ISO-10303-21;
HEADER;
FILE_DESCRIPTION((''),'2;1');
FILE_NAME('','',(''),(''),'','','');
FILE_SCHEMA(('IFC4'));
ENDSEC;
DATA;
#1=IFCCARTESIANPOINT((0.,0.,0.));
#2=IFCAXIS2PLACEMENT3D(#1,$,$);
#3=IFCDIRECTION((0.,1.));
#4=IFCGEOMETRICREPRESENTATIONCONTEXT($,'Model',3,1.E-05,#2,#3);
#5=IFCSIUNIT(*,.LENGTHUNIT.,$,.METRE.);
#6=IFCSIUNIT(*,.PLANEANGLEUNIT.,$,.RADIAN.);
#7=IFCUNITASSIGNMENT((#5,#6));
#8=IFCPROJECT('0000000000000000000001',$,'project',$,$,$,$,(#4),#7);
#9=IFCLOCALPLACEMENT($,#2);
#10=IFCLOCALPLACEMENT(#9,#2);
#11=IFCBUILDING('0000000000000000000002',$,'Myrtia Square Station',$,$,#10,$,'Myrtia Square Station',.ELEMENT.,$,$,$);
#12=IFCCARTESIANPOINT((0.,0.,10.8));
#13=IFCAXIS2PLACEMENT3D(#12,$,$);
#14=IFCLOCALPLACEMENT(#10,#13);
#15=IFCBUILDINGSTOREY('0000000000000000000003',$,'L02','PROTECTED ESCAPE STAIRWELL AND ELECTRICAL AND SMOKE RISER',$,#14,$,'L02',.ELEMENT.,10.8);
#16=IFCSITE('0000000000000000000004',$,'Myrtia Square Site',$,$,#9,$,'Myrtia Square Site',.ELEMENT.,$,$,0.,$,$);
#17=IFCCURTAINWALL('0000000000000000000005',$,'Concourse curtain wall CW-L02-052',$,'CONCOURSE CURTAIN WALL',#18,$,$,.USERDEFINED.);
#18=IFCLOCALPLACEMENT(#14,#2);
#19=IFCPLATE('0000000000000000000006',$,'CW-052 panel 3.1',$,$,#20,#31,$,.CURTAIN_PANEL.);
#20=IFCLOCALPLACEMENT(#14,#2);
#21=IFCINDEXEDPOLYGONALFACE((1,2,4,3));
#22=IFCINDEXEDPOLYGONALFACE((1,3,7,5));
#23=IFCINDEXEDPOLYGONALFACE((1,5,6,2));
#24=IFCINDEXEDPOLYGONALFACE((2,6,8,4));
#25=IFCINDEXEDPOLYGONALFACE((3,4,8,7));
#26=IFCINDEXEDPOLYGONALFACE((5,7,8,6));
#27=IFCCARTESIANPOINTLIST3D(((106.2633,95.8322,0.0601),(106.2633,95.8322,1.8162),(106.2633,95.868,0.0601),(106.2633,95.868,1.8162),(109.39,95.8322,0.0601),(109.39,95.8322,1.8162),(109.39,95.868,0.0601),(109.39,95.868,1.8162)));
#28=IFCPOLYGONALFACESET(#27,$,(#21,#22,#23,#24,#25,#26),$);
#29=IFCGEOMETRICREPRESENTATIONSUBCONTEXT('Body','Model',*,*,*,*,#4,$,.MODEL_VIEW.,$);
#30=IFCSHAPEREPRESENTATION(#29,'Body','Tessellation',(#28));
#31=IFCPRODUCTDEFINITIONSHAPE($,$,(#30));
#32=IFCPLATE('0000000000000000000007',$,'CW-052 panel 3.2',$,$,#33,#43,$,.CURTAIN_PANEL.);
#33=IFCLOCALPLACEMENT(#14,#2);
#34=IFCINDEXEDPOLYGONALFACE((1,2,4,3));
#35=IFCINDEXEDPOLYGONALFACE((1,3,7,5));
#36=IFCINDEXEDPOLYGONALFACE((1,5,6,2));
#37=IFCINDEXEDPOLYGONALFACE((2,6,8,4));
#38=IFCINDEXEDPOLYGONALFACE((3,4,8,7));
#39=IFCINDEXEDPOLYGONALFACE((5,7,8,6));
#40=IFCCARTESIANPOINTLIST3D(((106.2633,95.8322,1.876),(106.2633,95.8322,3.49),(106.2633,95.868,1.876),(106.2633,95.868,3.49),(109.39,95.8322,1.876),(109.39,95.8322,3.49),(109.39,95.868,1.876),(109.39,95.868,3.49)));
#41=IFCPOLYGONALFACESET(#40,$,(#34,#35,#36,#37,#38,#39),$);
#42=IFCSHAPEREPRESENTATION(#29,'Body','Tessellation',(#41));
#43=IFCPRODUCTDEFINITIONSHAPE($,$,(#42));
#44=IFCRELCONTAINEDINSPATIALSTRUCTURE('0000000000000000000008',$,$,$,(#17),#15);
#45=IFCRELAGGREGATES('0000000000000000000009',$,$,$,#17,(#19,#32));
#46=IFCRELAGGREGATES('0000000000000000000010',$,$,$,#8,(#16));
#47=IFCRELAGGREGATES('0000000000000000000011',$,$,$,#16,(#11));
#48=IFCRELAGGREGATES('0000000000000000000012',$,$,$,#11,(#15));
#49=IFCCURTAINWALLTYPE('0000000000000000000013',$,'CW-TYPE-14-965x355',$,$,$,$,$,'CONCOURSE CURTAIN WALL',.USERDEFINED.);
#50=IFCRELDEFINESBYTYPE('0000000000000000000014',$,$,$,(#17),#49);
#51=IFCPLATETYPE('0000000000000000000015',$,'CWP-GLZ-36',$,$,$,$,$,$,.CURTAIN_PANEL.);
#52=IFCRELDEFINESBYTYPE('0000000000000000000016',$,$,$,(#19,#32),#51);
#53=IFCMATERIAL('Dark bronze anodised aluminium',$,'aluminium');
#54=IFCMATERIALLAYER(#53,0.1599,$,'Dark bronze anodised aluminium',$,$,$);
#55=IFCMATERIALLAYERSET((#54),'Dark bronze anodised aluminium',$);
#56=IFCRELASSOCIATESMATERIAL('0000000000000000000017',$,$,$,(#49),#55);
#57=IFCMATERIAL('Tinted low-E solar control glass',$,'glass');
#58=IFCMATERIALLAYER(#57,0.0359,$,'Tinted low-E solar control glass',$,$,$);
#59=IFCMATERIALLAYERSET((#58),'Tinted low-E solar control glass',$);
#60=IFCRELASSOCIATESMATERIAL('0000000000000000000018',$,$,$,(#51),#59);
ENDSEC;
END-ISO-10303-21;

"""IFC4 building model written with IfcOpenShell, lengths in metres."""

from ifc_helpers import new_model, si_unit, direction, frame, origin, origin_2d, place, context, subcontext, project, spatial, rectangle, extrude, material, layer, layer_set, type_object, element, aggregate, save


model = new_model("IFC4")

# Units and contexts
model_context = context("Model", 3, precision=1e-05, world=origin(), true_north=direction((0.0, 1.0)))
body_context = subcontext(model_context, "Body", "Model", "MODEL_VIEW")
ifc_project = project(units=[si_unit("LENGTHUNIT", "METRE"), si_unit("PLANEANGLEUNIT", "RADIAN")], contexts=[model_context])

# Site, building, storey
site_placement = place(None, origin())
site = spatial("IfcSite", under=ifc_project, at=site_placement, Name="Myrtia Square Site", LongName="Myrtia Square Site", CompositionType="ELEMENT", RefElevation=0.0)
building_placement = place(site_placement, origin())
building = spatial("IfcBuilding", under=site, at=building_placement, Name="Myrtia Square Station", LongName="Myrtia Square Station", CompositionType="ELEMENT")
storey_placement = place(building_placement, frame((0.0, 0.0, 10.8)))
storey = spatial("IfcBuildingStorey", under=building, at=storey_placement, Name="L02", Description="PROTECTED ESCAPE STAIRWELL AND ELECTRICAL AND SMOKE RISER", LongName="L02", CompositionType="ELEMENT", Elevation=10.8)

# Shared definitions
ifc_material_1 = material(Name="Dark bronze anodised aluminium", Category="aluminium")

# Curtain wall
ifc_layer_1 = layer(ifc_material_1, 0.1599, Name="Dark bronze anodised aluminium")
ifc_layer_set_1 = layer_set([ifc_layer_1], Name="Dark bronze anodised aluminium")
curtain_wall_type_1 = type_object("IfcCurtainWallType", Name="CW-TYPE-14-965x355", ElementType="CONCOURSE CURTAIN WALL", PredefinedType="USERDEFINED", material=ifc_layer_set_1)
curtain_wall_1_placement = place(storey_placement, origin())
curtain_wall_1 = element("IfcCurtainWall", 1, at=curtain_wall_1_placement, inside=storey, type_object=curtain_wall_type_1, Name="Concourse curtain wall CW-L02-052", ObjectType="CONCOURSE CURTAIN WALL", PredefinedType="USERDEFINED")

# Plates
ifc_material_2 = material(Name="Tinted low-E solar control glass", Category="glass")
ifc_layer_2 = layer(ifc_material_2, 0.0359, Name="Tinted low-E solar control glass")
ifc_layer_set_2 = layer_set([ifc_layer_2], Name="Tinted low-E solar control glass")
plate_type_1 = type_object("IfcPlateType", Name="CWP-GLZ-36", PredefinedType="CURTAIN_PANEL", material=ifc_layer_set_2)
plate_1_placement = place(storey_placement, frame((107.8267, 95.8501, 0.0601), z_axis=(0.0, 0.0, 1.0), x_axis=(1.0, 0.0, 0.0)))
plate_1 = element("IfcPlate", 2, at=plate_1_placement, type_object=plate_type_1, Name="CW-052 panel 3.1", PredefinedType="CURTAIN_PANEL", context=body_context, shape_type="SweptSolid", body=[
    extrude(rectangle(XDim=3.1267, YDim=0.0359, at=origin_2d()), origin(), (0.0, 0.0, 1.0), 1.7561),
])
plate_2_placement = place(storey_placement, frame((107.8267, 95.8501, 1.876), z_axis=(0.0, 0.0, 1.0), x_axis=(1.0, 0.0, 0.0)))
plate_2 = element("IfcPlate", 3, at=plate_2_placement, type_object=plate_type_1, Name="CW-052 panel 3.2", PredefinedType="CURTAIN_PANEL", context=body_context, shape_type="SweptSolid", body=[
    extrude(rectangle(XDim=3.1267, YDim=0.0359, at=origin_2d()), origin(), (0.0, 0.0, 1.0), 1.614),
])
aggregate(curtain_wall_1, [plate_1, plate_2])

save(model, "model.ifc")
